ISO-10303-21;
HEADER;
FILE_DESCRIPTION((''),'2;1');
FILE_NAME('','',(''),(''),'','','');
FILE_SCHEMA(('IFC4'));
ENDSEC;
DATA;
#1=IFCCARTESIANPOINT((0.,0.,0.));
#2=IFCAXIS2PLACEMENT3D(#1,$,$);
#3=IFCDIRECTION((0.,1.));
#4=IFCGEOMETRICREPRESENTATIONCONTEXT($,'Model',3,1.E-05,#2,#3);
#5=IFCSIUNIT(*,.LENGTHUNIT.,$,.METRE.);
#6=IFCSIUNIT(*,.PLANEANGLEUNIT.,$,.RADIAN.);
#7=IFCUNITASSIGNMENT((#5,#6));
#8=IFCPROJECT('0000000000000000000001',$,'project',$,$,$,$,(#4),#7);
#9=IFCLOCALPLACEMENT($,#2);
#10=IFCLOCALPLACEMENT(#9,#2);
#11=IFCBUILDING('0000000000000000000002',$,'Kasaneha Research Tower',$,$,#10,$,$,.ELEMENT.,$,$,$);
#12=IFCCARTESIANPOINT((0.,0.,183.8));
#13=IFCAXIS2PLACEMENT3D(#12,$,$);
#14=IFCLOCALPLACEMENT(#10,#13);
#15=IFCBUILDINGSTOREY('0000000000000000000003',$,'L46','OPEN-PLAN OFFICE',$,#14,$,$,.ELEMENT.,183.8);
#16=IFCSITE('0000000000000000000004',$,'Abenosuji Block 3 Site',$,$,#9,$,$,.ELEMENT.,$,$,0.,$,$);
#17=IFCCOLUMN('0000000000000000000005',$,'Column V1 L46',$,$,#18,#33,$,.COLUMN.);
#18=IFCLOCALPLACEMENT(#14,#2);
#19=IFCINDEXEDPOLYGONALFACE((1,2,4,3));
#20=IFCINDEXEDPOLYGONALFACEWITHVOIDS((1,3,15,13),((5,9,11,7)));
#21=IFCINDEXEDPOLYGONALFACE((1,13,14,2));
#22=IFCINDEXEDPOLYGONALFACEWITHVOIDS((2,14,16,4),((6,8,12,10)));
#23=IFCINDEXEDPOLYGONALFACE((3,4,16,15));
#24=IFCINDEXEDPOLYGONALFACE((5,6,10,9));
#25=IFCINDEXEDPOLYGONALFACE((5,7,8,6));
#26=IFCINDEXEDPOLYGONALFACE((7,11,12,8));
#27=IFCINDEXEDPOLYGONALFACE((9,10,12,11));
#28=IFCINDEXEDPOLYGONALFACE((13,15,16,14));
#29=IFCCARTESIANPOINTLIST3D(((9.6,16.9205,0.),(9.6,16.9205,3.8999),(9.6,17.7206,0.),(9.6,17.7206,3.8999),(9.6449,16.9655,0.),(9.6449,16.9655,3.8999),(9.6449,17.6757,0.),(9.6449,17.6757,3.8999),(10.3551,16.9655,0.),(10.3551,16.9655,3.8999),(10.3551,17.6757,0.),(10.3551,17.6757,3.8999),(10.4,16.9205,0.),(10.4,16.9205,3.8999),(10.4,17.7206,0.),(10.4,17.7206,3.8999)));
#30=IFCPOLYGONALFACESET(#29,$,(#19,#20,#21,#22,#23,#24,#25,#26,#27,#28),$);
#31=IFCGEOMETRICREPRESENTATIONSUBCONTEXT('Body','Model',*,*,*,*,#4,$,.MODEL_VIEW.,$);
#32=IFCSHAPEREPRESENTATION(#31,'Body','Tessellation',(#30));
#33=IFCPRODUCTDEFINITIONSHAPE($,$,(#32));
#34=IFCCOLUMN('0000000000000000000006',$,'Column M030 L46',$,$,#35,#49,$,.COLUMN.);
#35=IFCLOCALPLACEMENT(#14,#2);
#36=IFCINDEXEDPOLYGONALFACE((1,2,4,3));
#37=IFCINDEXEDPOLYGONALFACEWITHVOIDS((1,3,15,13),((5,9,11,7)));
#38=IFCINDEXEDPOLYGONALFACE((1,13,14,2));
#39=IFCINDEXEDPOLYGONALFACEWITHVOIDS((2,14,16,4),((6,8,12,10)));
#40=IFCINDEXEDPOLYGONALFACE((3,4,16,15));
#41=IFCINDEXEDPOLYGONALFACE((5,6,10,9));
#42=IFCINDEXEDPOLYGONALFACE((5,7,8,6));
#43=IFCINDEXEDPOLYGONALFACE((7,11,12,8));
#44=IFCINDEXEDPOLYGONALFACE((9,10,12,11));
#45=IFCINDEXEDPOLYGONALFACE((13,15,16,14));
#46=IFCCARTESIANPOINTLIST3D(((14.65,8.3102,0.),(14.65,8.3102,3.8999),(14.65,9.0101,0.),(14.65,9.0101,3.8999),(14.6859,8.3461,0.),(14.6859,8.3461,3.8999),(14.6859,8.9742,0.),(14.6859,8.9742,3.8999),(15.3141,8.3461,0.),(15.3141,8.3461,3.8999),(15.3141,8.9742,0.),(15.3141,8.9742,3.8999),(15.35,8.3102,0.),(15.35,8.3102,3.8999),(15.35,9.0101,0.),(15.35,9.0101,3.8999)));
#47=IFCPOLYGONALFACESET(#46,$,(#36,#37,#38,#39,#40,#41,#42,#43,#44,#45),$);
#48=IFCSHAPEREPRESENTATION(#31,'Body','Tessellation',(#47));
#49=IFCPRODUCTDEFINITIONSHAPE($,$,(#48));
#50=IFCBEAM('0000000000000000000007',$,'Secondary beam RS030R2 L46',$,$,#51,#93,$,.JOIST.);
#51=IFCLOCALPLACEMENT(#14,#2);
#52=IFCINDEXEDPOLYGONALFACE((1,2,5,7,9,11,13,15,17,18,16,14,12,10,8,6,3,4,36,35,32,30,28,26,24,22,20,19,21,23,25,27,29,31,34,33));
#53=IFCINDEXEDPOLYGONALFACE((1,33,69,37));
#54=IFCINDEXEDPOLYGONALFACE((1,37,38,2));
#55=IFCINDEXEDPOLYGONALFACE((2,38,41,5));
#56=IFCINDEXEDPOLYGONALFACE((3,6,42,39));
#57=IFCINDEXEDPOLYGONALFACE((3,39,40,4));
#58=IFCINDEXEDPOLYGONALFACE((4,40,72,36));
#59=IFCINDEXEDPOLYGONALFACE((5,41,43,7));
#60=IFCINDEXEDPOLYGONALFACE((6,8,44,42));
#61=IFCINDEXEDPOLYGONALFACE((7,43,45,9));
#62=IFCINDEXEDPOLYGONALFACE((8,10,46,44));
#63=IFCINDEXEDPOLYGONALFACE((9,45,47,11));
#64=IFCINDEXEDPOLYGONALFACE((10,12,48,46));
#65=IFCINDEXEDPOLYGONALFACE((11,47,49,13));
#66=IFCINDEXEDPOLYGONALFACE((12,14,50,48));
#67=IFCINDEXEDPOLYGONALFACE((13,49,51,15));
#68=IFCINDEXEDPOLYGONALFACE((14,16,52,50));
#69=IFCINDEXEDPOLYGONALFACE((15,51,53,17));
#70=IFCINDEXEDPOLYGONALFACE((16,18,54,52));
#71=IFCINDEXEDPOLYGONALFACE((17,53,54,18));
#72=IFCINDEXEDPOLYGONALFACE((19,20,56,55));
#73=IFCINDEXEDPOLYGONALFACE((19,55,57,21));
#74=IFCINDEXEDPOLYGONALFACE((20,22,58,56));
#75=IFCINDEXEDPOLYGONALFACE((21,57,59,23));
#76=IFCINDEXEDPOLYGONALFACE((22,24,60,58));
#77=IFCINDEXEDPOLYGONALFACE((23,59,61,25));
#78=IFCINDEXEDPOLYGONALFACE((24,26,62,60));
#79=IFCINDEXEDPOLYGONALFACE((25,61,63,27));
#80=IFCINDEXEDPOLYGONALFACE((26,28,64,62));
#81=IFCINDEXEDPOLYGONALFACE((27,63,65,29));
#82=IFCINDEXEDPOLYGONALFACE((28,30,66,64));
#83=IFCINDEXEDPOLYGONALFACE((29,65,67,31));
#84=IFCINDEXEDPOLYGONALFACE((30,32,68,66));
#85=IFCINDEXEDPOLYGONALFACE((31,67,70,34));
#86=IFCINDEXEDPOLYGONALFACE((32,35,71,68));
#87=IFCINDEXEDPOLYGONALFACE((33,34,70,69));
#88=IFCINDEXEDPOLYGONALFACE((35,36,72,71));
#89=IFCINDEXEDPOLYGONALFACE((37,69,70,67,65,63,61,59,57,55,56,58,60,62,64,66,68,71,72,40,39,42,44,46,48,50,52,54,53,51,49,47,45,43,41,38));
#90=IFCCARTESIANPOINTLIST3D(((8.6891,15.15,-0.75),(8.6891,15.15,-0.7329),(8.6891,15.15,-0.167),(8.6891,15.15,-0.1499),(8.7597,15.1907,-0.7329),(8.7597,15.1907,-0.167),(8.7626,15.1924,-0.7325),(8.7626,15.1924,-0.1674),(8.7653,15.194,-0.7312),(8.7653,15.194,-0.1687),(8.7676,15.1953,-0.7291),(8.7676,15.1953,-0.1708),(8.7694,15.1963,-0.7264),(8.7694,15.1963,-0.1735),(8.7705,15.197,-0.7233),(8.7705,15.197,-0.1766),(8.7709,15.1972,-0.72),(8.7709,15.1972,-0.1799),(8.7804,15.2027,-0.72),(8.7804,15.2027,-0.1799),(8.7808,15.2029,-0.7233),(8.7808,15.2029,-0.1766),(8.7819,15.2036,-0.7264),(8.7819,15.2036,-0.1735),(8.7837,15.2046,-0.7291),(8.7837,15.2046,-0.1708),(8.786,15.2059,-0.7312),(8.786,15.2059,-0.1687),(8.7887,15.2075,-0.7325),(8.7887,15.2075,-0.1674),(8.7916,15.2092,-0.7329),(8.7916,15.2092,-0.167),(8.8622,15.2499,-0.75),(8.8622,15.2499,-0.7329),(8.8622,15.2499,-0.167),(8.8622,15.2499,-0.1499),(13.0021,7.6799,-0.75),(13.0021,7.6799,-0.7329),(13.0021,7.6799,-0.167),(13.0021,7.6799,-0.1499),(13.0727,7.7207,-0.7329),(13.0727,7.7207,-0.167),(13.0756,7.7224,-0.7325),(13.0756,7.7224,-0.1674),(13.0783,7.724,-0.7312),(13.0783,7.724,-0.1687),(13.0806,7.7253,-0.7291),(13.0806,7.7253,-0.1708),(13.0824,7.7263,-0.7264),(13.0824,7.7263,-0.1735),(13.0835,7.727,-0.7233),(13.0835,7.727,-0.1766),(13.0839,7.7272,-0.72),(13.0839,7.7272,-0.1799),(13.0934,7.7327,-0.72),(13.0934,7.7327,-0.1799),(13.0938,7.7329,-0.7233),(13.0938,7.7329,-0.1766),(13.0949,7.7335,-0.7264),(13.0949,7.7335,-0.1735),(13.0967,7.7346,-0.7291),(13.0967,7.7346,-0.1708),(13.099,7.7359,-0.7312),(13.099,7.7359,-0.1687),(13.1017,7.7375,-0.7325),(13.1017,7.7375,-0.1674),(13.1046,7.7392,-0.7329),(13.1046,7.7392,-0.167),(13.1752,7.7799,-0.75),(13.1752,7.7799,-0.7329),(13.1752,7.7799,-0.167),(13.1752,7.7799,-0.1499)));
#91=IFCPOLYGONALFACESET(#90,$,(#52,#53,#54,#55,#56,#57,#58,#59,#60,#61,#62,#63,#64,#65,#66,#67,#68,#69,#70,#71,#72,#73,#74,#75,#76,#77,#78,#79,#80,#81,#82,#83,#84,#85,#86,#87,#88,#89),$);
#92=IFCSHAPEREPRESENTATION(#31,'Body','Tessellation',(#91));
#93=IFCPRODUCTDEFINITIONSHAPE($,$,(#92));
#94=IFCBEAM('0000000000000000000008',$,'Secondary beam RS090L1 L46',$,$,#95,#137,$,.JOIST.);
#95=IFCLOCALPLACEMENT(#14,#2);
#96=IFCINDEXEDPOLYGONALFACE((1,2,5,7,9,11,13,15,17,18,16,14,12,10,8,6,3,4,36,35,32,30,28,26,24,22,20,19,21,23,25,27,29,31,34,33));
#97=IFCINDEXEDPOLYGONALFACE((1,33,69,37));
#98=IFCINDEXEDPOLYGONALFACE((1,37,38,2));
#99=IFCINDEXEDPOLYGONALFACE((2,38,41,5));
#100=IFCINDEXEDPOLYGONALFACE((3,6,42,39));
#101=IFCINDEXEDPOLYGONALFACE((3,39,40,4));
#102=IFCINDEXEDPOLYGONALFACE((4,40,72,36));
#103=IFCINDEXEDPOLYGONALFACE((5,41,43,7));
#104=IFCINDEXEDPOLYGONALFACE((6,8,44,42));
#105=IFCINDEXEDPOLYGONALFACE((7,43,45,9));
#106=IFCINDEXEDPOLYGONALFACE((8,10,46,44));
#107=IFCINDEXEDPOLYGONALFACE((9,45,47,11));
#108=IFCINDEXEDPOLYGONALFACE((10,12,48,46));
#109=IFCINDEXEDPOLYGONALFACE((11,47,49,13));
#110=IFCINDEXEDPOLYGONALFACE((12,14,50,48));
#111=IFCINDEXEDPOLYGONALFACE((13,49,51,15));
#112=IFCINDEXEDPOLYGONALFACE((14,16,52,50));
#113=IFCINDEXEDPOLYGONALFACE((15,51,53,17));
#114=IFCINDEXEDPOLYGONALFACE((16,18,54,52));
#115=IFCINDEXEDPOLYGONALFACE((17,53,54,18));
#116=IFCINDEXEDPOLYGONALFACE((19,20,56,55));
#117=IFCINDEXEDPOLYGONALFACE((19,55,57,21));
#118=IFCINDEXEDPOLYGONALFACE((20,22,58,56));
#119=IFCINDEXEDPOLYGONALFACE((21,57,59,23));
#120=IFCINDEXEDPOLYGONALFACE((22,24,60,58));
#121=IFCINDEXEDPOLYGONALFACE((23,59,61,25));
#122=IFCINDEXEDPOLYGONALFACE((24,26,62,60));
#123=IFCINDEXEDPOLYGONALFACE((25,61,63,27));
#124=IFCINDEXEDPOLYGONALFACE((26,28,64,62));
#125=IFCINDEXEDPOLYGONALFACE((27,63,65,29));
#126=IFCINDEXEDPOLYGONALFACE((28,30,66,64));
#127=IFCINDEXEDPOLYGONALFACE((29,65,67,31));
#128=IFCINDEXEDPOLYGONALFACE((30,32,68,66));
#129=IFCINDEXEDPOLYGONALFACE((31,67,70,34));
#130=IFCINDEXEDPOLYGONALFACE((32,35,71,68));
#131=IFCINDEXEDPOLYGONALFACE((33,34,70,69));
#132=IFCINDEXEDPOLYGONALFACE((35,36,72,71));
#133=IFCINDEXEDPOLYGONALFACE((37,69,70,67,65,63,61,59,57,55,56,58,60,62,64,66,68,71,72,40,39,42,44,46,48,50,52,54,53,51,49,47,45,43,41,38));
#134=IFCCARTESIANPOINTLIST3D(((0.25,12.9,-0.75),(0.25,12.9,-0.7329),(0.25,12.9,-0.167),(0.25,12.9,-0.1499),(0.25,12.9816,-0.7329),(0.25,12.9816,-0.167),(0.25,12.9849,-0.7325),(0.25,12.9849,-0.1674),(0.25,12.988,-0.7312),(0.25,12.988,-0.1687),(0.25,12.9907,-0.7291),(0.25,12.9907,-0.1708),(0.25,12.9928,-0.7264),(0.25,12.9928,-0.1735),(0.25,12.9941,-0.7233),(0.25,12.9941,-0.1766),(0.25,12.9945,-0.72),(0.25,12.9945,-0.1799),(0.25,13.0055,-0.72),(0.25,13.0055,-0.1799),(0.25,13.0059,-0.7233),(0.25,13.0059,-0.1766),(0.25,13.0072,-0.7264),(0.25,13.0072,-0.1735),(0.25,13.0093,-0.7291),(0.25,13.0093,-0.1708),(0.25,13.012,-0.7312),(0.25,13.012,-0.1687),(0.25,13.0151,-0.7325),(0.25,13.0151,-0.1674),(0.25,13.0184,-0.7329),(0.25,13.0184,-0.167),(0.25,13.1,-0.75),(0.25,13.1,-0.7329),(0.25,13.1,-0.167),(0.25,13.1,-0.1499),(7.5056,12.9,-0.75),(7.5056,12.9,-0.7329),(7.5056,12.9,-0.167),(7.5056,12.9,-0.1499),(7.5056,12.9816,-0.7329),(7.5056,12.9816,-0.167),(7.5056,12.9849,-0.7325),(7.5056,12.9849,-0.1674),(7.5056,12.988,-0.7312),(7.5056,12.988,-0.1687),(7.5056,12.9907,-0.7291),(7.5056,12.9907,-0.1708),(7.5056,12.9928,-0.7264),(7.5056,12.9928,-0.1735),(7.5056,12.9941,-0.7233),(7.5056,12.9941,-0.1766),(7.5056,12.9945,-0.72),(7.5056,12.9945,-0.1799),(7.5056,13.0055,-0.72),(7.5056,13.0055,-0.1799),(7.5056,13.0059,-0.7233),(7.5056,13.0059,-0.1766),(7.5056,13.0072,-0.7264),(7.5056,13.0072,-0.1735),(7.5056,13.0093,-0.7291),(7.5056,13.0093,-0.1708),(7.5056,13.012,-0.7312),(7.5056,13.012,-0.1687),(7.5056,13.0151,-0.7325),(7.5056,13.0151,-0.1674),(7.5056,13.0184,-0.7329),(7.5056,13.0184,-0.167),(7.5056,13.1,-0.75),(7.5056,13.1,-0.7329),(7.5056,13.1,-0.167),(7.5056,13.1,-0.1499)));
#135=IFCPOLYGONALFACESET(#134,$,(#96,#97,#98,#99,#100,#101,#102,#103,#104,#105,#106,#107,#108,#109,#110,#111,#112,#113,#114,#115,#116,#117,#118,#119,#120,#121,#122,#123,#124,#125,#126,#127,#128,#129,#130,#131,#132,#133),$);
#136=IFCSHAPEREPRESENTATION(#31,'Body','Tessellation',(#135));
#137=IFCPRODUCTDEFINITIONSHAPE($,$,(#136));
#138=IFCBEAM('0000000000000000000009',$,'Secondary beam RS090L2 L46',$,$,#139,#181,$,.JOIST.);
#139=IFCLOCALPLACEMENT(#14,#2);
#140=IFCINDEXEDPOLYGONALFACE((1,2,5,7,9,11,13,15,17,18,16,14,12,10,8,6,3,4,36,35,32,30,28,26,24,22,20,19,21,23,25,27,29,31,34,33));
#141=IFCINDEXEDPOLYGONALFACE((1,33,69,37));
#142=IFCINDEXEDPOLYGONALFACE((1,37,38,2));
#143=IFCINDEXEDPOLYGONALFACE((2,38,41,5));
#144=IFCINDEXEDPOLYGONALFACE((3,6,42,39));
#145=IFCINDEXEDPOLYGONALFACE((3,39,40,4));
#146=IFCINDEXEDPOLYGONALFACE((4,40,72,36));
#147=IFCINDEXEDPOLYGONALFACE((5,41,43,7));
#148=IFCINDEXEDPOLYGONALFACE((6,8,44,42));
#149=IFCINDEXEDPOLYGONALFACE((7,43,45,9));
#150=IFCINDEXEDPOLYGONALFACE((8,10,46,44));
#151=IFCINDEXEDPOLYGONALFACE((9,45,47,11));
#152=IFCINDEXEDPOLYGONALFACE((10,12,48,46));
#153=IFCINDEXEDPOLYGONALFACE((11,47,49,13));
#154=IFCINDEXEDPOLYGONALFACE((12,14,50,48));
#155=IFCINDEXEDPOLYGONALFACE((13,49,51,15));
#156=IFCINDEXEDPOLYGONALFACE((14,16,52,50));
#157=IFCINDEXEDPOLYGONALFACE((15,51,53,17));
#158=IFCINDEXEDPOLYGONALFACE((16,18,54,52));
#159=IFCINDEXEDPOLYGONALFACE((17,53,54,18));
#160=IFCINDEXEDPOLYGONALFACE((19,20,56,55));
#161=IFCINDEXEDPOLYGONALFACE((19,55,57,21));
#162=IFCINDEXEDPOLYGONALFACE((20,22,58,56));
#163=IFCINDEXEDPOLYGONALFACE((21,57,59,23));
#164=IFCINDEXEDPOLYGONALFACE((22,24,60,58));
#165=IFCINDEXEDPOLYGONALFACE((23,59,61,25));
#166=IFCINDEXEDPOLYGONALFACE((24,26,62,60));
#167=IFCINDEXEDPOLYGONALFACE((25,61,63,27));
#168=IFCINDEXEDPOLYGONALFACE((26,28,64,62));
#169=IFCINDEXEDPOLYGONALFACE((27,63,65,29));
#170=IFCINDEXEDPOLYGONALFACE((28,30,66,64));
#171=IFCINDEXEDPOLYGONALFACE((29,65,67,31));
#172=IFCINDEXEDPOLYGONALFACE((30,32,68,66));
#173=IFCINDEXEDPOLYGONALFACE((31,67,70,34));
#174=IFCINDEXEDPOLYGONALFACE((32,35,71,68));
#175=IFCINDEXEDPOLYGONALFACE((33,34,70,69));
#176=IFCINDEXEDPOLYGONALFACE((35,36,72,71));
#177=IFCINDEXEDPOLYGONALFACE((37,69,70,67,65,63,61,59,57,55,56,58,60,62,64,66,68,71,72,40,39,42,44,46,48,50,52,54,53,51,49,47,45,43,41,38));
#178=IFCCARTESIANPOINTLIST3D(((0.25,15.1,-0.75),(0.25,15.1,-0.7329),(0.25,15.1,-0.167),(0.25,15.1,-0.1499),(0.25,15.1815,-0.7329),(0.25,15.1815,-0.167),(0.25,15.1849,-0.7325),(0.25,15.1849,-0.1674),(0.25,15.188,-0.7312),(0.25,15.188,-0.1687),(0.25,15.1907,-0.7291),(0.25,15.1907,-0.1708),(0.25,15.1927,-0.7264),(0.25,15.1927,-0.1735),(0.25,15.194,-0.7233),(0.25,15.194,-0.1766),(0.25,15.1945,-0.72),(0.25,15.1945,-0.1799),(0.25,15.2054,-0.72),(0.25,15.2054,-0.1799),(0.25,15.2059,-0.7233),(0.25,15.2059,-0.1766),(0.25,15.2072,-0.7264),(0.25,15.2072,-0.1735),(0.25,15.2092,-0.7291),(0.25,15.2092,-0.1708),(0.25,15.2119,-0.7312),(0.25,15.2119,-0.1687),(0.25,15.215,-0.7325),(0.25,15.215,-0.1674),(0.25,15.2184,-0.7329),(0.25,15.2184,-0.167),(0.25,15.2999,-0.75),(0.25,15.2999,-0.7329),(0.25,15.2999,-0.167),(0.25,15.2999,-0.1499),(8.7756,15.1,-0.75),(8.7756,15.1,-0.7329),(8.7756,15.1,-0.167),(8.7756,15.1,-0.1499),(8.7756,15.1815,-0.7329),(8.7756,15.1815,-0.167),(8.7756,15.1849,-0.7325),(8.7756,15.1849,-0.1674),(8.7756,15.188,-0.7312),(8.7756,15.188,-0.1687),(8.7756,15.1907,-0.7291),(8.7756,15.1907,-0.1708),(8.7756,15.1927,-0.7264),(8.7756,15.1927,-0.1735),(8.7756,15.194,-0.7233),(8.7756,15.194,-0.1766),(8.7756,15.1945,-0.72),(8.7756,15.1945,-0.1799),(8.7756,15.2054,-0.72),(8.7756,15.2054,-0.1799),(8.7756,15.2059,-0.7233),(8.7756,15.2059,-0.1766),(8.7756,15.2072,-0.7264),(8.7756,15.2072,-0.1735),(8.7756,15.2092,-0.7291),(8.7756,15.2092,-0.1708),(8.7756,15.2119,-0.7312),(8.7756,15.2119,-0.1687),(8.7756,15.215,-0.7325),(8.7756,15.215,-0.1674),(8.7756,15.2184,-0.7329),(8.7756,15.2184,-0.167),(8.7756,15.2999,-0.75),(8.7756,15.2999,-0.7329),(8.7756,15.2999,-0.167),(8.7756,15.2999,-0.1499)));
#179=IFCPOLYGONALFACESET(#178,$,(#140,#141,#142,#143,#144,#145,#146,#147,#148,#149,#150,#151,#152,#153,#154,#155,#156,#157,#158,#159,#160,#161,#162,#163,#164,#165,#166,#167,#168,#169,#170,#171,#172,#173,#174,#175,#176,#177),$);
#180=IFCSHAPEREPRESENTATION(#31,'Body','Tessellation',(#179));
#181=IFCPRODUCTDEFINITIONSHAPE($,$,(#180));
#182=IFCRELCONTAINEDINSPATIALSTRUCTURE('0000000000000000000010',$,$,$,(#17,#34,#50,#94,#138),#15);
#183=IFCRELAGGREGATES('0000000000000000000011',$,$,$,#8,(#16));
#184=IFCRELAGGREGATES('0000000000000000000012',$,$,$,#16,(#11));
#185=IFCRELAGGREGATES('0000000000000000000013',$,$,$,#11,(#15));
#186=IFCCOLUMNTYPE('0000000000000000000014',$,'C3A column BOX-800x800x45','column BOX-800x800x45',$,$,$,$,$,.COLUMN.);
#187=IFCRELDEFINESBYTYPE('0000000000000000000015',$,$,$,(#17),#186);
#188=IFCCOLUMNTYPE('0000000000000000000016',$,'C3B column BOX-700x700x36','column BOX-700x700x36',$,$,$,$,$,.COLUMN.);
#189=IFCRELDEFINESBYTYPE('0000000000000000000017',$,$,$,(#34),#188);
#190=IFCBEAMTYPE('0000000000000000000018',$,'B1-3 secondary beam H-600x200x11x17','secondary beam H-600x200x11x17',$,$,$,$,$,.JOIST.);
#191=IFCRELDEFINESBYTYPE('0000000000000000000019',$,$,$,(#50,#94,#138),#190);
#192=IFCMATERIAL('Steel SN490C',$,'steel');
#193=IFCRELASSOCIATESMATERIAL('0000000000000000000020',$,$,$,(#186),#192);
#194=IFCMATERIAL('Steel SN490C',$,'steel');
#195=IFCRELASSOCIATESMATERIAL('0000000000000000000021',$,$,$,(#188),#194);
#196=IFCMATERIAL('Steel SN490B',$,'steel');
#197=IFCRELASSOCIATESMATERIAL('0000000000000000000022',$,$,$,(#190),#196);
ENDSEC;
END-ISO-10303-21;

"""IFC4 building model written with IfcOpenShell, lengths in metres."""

from ifc_helpers import new_model, si_unit, direction, frame, origin, origin_2d, place, context, subcontext, project, spatial, hollow_rectangle, i_section, extrude, material, material_profile, profile_set, type_object, element, save


model = new_model("IFC4")

# Units and contexts
model_context = context("Model", 3, precision=1e-05, world=origin(), true_north=direction((0.0, 1.0)))
body_context = subcontext(model_context, "Body", "Model", "MODEL_VIEW")
ifc_project = project(units=[si_unit("LENGTHUNIT", "METRE"), si_unit("PLANEANGLEUNIT", "RADIAN")], contexts=[model_context])

# Site, building, storey
site_placement = place(None, origin())
site = spatial("IfcSite", under=ifc_project, at=site_placement, Name="Abenosuji Block 3 Site", CompositionType="ELEMENT", RefElevation=0.0)
building_placement = place(site_placement, origin())
building = spatial("IfcBuilding", under=site, at=building_placement, Name="Kasaneha Research Tower", CompositionType="ELEMENT")
storey_placement = place(building_placement, frame((0.0, 0.0, 183.8)))
storey = spatial("IfcBuildingStorey", under=building, at=storey_placement, Name="L46", Description="OPEN-PLAN OFFICE", CompositionType="ELEMENT", Elevation=183.8)

# Columns
ifc_material_1 = material(Name="Steel SN490C", Category="steel")
ifc_material_profile_1 = material_profile(ifc_material_1, hollow_rectangle(XDim=0.8, YDim=0.8, WallThickness=0.0449, at=origin_2d()), Name="BOX-800x800x45")
ifc_profile_set_1 = profile_set([ifc_material_profile_1], Name="Steel SN490C")
column_type_1 = type_object("IfcColumnType", Name="C3A column BOX-800x800x45", Description="column BOX-800x800x45", PredefinedType="COLUMN", material=ifc_profile_set_1)
column_1_placement = place(storey_placement, frame((10.0, 17.3206, 0.0), z_axis=(0.0, 0.0, 1.0), x_axis=(1.0, 0.0, 0.0)))
element("IfcColumn", 1, at=column_1_placement, inside=storey, type_object=column_type_1, Name="Column V1 L46", PredefinedType="COLUMN", context=body_context, shape_type="SweptSolid", body=[
    extrude(hollow_rectangle(XDim=0.8, YDim=0.8, WallThickness=0.0449, at=origin_2d()), origin(), (0.0, 0.0, 1.0), 3.8999),
])
ifc_material_2 = material(Name="Steel SN490C", Category="steel")
ifc_material_profile_2 = material_profile(ifc_material_2, hollow_rectangle(XDim=0.7, YDim=0.7, WallThickness=0.0359, at=origin_2d()), Name="BOX-700x700x36")
ifc_profile_set_2 = profile_set([ifc_material_profile_2], Name="Steel SN490C")
column_type_2 = type_object("IfcColumnType", Name="C3B column BOX-700x700x36", Description="column BOX-700x700x36", PredefinedType="COLUMN", material=ifc_profile_set_2)
column_2_placement = place(storey_placement, frame((15.0, 8.6602, 0.0), z_axis=(0.0, 0.0, 1.0), x_axis=(1.0, 0.0, 0.0)))
element("IfcColumn", 2, at=column_2_placement, inside=storey, type_object=column_type_2, Name="Column M030 L46", PredefinedType="COLUMN", context=body_context, shape_type="SweptSolid", body=[
    extrude(hollow_rectangle(XDim=0.7, YDim=0.7, WallThickness=0.0359, at=origin_2d()), origin(), (0.0, 0.0, 1.0), 3.8999),
])

# Beams
ifc_material_3 = material(Name="Steel SN490B", Category="steel")
ifc_material_profile_3 = material_profile(ifc_material_3, i_section(OverallWidth=0.2, OverallDepth=0.6001, WebThickness=0.011, FlangeThickness=0.0171, FilletRadius=0.0129, at=origin_2d()), Name="H-600x200x11x17")
ifc_profile_set_3 = profile_set([ifc_material_profile_3], Name="Steel SN490B")
beam_type_1 = type_object("IfcBeamType", Name="B1-3 secondary beam H-600x200x11x17", Description="secondary beam H-600x200x11x17", PredefinedType="JOIST", material=ifc_profile_set_3)
beam_1_placement = place(storey_placement, frame((8.7756, 15.2, -0.45), z_axis=(0.500017, -0.866015, 0.0), x_axis=(0.866015, 0.500017, 0.0)))
element("IfcBeam", 3, at=beam_1_placement, inside=storey, type_object=beam_type_1, Name="Secondary beam RS030R2 L46", PredefinedType="JOIST", context=body_context, shape_type="SweptSolid", body=[
    extrude(i_section(OverallWidth=0.2, OverallDepth=0.6001, WebThickness=0.011, FlangeThickness=0.0171, FilletRadius=0.0129, at=origin_2d()), origin(), (0.0, 0.0, 1.0), 8.6257),
])
beam_2_placement = place(storey_placement, frame((7.5056, 13.0, -0.45), z_axis=(-1.0, 0.0, 0.0), x_axis=(0.0, -1.0, 0.0)))
element("IfcBeam", 4, at=beam_2_placement, inside=storey, type_object=beam_type_1, Name="Secondary beam RS090L1 L46", PredefinedType="JOIST", context=body_context, shape_type="SweptSolid", body=[
    extrude(i_section(OverallWidth=0.2, OverallDepth=0.6001, WebThickness=0.011, FlangeThickness=0.0171, FilletRadius=0.0129, at=origin_2d()), origin(), (0.0, 0.0, 1.0), 7.2556),
])
beam_3_placement = place(storey_placement, frame((8.7756, 15.2, -0.45), z_axis=(-1.0, 0.0, 0.0), x_axis=(0.0, -1.0, 0.0)))
element("IfcBeam", 5, at=beam_3_placement, inside=storey, type_object=beam_type_1, Name="Secondary beam RS090L2 L46", PredefinedType="JOIST", context=body_context, shape_type="SweptSolid", body=[
    extrude(i_section(OverallWidth=0.2, OverallDepth=0.6001, WebThickness=0.011, FlangeThickness=0.0171, FilletRadius=0.0129, at=origin_2d()), origin(), (0.0, 0.0, 1.0), 8.5256),
])

save(model, "model.ifc")
